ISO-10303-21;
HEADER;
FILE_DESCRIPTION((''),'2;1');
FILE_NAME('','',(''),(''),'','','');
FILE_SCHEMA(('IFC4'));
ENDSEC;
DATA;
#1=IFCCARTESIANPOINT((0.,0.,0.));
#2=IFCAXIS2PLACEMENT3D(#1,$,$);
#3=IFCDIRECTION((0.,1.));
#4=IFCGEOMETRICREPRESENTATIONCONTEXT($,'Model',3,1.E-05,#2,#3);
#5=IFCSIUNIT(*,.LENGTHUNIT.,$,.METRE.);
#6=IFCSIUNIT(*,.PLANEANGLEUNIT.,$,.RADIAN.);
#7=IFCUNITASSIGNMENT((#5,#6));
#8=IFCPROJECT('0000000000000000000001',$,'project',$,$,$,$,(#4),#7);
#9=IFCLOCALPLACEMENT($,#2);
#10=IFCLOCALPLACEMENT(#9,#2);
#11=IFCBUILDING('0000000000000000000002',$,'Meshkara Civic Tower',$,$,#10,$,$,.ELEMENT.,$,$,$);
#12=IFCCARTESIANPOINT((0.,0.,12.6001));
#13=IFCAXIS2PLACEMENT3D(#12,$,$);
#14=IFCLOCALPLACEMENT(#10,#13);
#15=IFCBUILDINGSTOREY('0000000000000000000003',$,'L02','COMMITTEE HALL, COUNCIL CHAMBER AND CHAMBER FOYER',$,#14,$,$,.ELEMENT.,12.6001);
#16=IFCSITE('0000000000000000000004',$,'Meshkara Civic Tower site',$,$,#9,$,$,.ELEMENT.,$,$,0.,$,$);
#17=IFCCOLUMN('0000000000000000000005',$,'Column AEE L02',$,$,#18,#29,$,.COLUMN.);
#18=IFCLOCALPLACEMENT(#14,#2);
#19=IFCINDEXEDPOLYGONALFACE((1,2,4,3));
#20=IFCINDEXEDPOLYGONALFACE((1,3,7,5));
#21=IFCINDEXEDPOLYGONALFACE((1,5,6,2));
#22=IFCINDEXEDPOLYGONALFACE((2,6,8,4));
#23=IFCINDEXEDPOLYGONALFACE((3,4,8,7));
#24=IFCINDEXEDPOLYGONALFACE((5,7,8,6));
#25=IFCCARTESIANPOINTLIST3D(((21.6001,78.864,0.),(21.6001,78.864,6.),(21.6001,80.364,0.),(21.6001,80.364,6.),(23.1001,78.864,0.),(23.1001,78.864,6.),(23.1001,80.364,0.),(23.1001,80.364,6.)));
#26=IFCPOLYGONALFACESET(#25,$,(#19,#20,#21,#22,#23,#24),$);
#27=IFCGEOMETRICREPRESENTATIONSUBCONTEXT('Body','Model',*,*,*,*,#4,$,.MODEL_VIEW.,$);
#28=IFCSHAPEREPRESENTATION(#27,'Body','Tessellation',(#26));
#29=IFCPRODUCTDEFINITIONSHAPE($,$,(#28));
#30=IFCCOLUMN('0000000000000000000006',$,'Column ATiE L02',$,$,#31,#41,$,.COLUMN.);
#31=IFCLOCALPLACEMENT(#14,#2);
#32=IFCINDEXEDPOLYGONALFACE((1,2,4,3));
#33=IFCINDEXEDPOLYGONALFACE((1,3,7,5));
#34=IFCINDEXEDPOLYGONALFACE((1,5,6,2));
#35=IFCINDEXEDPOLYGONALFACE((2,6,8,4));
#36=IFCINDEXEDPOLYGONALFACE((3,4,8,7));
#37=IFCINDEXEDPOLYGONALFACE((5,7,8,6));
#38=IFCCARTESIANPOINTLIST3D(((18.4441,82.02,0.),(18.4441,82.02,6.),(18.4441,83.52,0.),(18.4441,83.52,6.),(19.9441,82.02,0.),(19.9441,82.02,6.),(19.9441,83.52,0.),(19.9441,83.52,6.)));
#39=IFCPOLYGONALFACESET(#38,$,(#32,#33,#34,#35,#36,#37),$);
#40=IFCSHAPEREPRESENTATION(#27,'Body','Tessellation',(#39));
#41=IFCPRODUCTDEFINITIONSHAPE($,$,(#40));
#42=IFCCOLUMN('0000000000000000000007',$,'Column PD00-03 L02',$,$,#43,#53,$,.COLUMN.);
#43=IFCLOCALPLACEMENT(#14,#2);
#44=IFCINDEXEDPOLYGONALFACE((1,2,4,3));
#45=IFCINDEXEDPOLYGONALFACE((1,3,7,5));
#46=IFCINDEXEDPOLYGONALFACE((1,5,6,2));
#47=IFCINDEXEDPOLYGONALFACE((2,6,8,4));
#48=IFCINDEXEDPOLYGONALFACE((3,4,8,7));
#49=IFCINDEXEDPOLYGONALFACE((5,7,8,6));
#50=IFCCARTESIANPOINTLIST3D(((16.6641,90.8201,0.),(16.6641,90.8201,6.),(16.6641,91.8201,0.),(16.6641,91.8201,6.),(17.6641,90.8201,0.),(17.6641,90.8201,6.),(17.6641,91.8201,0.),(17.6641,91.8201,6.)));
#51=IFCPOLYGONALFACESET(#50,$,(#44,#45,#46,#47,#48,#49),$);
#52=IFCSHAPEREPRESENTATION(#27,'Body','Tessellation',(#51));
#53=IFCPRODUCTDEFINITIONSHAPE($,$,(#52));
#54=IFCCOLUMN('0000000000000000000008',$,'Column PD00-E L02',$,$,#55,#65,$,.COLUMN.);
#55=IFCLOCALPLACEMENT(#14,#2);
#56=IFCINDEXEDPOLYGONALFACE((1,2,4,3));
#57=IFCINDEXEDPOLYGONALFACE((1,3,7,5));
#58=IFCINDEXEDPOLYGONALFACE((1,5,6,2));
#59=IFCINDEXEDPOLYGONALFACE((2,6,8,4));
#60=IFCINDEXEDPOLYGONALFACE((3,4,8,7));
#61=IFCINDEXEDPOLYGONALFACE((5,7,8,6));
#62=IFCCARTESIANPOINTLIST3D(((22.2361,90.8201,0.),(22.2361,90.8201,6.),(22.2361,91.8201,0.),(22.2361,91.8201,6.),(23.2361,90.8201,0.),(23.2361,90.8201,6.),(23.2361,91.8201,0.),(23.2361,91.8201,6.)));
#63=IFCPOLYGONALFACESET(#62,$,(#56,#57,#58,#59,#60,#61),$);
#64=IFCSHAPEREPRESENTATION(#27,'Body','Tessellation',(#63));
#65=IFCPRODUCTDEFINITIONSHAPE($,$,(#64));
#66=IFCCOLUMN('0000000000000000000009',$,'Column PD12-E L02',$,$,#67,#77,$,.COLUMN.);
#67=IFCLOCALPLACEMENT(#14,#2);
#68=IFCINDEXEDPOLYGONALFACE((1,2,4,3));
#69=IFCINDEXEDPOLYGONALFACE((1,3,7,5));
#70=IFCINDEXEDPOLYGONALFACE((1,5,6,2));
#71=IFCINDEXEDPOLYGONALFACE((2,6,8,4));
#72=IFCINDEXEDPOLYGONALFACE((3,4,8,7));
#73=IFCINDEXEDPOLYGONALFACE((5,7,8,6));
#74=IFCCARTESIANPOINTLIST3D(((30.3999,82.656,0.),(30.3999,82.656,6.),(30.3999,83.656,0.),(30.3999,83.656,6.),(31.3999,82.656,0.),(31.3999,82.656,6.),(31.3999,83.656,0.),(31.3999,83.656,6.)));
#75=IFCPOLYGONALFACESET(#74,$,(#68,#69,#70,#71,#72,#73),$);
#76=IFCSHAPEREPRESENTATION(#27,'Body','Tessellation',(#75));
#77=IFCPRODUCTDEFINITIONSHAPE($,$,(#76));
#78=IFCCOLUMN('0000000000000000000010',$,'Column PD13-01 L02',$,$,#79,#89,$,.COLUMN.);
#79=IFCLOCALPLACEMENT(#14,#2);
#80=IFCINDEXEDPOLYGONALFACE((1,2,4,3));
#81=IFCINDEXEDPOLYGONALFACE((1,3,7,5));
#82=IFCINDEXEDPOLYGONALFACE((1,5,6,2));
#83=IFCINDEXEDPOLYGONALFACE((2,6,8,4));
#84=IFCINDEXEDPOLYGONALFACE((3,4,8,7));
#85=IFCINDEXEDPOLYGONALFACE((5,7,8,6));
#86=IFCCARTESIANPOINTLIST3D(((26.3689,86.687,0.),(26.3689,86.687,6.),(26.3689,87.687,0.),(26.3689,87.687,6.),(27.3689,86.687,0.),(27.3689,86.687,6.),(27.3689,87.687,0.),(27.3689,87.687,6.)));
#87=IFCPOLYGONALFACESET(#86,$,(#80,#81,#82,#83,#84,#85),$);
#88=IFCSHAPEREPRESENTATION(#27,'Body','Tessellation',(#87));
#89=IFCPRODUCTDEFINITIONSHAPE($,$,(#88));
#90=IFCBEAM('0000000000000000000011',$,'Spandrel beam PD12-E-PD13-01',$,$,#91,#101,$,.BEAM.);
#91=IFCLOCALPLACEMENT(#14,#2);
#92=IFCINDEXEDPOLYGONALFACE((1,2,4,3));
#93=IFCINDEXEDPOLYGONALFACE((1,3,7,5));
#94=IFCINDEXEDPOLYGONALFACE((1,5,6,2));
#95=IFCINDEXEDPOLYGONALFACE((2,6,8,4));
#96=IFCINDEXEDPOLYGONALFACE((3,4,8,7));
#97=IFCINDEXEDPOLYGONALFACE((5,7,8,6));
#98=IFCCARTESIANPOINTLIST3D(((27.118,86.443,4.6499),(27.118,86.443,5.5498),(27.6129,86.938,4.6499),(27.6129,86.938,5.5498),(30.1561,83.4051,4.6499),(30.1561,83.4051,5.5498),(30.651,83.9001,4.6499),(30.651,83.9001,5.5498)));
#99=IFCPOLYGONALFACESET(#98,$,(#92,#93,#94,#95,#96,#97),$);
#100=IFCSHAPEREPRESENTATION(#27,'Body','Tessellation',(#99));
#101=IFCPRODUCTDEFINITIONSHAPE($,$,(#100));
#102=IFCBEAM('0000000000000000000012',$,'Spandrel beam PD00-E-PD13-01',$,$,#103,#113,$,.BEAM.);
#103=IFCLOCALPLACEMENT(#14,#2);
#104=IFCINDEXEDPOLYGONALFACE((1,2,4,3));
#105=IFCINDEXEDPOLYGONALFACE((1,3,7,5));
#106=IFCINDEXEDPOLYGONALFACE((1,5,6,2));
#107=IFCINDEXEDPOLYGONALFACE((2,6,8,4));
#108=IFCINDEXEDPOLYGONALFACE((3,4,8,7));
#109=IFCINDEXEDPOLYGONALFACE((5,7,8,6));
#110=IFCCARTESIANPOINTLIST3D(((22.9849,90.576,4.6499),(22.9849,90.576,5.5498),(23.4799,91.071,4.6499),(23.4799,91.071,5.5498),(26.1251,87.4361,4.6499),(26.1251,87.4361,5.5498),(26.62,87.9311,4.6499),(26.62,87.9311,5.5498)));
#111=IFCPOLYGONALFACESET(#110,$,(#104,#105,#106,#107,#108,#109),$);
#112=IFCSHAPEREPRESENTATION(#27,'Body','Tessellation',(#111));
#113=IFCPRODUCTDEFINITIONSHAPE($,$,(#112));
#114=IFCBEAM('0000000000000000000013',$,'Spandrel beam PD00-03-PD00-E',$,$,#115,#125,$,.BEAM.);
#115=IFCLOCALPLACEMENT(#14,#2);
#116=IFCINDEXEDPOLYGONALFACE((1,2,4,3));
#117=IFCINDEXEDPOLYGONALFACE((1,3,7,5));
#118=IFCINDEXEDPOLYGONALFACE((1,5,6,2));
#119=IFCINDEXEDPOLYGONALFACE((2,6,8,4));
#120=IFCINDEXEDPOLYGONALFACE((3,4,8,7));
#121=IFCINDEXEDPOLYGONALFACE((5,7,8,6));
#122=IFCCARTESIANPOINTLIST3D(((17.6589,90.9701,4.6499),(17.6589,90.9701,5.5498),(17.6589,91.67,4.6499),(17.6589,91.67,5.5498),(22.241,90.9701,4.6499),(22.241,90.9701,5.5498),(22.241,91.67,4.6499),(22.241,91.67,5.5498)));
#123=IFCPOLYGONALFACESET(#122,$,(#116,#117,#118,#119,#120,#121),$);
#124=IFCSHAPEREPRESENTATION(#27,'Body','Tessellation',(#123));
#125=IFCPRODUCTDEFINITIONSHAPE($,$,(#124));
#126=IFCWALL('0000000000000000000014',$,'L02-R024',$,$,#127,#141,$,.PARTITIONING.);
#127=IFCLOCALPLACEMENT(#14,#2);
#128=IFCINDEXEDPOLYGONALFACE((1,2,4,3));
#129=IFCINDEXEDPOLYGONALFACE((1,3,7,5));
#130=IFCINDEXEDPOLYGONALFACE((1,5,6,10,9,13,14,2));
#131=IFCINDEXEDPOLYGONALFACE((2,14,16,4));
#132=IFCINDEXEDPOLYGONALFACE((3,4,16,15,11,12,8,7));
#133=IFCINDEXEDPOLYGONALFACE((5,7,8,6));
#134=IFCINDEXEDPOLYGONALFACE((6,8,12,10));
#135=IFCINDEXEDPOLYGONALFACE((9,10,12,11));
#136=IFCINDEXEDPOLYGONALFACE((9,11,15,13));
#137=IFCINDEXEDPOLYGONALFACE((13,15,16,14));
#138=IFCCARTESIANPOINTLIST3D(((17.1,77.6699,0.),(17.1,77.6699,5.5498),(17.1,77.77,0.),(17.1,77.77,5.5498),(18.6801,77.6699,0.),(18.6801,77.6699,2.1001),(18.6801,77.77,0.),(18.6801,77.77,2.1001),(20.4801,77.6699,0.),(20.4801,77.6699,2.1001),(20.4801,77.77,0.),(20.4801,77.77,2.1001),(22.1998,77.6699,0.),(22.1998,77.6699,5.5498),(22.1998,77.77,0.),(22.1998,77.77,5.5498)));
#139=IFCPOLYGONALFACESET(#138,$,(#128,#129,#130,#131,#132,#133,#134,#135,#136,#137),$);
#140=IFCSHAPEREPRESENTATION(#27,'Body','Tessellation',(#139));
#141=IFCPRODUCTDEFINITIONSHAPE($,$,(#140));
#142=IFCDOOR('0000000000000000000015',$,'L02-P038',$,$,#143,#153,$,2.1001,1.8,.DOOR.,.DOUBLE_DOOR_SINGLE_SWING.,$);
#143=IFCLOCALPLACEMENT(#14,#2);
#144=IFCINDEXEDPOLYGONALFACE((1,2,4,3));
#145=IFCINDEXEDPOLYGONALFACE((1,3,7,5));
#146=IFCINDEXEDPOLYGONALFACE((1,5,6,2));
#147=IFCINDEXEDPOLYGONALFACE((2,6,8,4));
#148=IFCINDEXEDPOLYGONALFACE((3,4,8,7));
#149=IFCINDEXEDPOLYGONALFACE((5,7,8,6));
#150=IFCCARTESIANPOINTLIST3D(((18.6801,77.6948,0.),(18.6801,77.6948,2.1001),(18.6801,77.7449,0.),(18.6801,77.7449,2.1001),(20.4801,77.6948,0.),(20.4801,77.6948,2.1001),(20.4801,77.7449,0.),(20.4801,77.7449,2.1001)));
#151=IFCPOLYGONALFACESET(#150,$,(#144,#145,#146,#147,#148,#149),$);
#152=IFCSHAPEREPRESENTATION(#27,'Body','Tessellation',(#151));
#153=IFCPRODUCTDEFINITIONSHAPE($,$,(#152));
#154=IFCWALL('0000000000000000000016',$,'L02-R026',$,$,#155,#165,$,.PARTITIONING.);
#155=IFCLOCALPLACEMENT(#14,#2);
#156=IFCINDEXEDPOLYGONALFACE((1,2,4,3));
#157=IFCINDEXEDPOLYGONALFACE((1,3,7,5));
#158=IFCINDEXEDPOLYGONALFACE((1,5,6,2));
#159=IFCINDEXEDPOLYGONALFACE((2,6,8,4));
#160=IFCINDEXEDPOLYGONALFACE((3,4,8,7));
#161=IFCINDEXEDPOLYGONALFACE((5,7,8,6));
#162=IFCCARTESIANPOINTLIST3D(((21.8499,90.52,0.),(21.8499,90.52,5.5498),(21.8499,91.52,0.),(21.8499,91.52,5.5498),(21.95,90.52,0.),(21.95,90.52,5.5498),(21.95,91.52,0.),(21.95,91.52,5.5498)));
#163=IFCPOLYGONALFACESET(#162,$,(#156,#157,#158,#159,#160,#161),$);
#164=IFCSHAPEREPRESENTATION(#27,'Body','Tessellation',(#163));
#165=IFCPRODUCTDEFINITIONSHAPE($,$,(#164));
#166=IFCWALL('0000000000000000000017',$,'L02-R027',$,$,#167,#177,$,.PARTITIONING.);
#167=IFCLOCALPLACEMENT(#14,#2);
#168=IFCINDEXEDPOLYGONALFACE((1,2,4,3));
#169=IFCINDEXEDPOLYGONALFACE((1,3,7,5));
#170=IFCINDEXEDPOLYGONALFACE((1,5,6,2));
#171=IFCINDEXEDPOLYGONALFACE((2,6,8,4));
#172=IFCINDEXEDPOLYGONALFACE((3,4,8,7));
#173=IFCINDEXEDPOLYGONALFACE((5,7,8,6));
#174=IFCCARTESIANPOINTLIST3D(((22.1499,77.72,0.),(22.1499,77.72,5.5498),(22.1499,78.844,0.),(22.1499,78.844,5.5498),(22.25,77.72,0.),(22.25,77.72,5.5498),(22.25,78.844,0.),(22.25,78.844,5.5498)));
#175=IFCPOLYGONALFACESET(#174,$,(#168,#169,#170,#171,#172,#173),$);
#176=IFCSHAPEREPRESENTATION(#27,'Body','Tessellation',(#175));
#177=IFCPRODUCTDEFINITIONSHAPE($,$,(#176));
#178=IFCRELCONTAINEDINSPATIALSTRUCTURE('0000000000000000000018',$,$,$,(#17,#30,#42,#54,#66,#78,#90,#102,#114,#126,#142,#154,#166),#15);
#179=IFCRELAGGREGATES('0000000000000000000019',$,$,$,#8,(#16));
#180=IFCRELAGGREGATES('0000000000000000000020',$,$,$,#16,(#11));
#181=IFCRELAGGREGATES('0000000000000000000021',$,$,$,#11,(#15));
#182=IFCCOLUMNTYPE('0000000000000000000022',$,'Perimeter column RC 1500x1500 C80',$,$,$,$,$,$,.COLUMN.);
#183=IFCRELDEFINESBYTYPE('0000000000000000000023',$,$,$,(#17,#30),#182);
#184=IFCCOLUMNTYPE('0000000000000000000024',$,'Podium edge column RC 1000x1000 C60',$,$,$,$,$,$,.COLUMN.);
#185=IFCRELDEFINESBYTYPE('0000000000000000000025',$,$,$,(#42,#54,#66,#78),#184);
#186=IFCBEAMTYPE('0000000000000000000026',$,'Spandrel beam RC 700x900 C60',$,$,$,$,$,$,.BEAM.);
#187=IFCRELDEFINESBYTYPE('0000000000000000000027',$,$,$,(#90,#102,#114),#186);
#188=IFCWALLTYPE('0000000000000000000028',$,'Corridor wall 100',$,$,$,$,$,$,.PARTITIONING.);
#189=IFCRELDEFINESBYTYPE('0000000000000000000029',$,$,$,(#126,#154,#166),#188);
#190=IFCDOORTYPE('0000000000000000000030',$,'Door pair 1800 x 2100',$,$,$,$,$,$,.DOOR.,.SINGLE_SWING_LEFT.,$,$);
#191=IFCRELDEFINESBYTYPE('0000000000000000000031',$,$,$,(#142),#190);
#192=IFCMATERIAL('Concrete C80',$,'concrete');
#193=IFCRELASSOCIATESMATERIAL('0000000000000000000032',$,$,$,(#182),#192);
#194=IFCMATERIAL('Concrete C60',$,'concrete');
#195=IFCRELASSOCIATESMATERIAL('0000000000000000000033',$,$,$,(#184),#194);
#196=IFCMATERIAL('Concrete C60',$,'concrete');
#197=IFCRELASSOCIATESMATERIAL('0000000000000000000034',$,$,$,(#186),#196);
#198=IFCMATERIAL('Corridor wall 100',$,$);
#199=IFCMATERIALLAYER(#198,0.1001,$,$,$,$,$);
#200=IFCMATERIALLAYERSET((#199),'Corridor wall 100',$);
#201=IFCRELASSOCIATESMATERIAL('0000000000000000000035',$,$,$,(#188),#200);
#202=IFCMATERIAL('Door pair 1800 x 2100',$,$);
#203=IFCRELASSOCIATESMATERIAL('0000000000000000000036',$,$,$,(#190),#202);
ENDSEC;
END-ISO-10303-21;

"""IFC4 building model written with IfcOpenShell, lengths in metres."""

from ifc_helpers import new_model, si_unit, direction, frame, frame_2d, origin, origin_2d, place, context, subcontext, project, spatial, rectangle, extrude, material, layer, layer_set, material_profile, profile_set, type_object, element, fill, save


model = new_model("IFC4")

# Units and contexts
model_context = context("Model", 3, precision=1e-05, world=origin(), true_north=direction((0.0, 1.0)))
body_context = subcontext(model_context, "Body", "Model", "MODEL_VIEW")
ifc_project = project(units=[si_unit("LENGTHUNIT", "METRE"), si_unit("PLANEANGLEUNIT", "RADIAN")], contexts=[model_context])

# Site, building, storey
site_placement = place(None, origin())
site = spatial("IfcSite", under=ifc_project, at=site_placement, Name="Meshkara Civic Tower site", CompositionType="ELEMENT", RefElevation=0.0)
building_placement = place(site_placement, origin())
building = spatial("IfcBuilding", under=site, at=building_placement, Name="Meshkara Civic Tower", CompositionType="ELEMENT")
storey_placement = place(building_placement, frame((0.0, 0.0, 12.6001)))
storey = spatial("IfcBuildingStorey", under=building, at=storey_placement, Name="L02", Description="COMMITTEE HALL, COUNCIL CHAMBER AND CHAMBER FOYER", CompositionType="ELEMENT", Elevation=12.6001)

# Columns
ifc_material_1 = material(Name="Concrete C80", Category="concrete")
ifc_material_profile_1 = material_profile(ifc_material_1, rectangle(XDim=1.5, YDim=1.5, at=origin_2d()))
ifc_profile_set_1 = profile_set([ifc_material_profile_1], Name="Concrete C80")
column_type_1 = type_object("IfcColumnType", Name="Perimeter column RC 1500x1500 C80", PredefinedType="COLUMN", material=ifc_profile_set_1)
for number, where, z_axis, x_axis, name in (
    (1, (22.3501, 79.614, 0.0), (0.0, 0.0, 1.0), (1.0, 0.0, 0.0), "Column AEE L02"),
    (2, (19.1941, 82.77, 0.0), (0.0, 0.0, 1.0), (1.0, 0.0, 0.0), "Column ATiE L02"),
):
    element("IfcColumn", number, at=place(storey_placement, frame(where, z_axis=z_axis, x_axis=x_axis)), inside=storey, type_object=column_type_1, Name=name, PredefinedType="COLUMN", context=body_context, shape_type="SweptSolid", body=[
        extrude(rectangle(XDim=1.5, YDim=1.5, at=origin_2d()), origin(), (0.0, 0.0, 1.0), 6.0),
    ])
ifc_material_2 = material(Name="Concrete C60", Category="concrete")
ifc_material_profile_2 = material_profile(ifc_material_2, rectangle(XDim=1.0, YDim=1.0, at=origin_2d()))
ifc_profile_set_2 = profile_set([ifc_material_profile_2], Name="Concrete C60")
column_type_2 = type_object("IfcColumnType", Name="Podium edge column RC 1000x1000 C60", PredefinedType="COLUMN", material=ifc_profile_set_2)
for number, where, z_axis, x_axis, name in (
    (3, (17.1641, 91.3201, 0.0), (0.0, 0.0, 1.0), (1.0, 0.0, 0.0), "Column PD00-03 L02"),
    (4, (22.7361, 91.3201, 0.0), (0.0, 0.0, 1.0), (1.0, 0.0, 0.0), "Column PD00-E L02"),
    (5, (30.8999, 83.156, 0.0), (0.0, 0.0, 1.0), (1.0, 0.0, 0.0), "Column PD12-E L02"),
    (6, (26.8689, 87.187, 0.0), (0.0, 0.0, 1.0), (1.0, 0.0, 0.0), "Column PD13-01 L02"),
):
    element("IfcColumn", number, at=place(storey_placement, frame(where, z_axis=z_axis, x_axis=x_axis)), inside=storey, type_object=column_type_2, Name=name, PredefinedType="COLUMN", context=body_context, shape_type="SweptSolid", body=[
        extrude(rectangle(XDim=1.0, YDim=1.0, at=origin_2d()), origin(), (0.0, 0.0, 1.0), 6.0),
    ])

# Beams
ifc_material_3 = material(Name="Concrete C60", Category="concrete")
ifc_material_profile_3 = material_profile(ifc_material_3, rectangle(XDim=0.7, YDim=0.8999, at=origin_2d()))
ifc_profile_set_3 = profile_set([ifc_material_profile_3], Name="Concrete C60")
beam_type = type_object("IfcBeamType", Name="Spandrel beam RC 700x900 C60", PredefinedType="BEAM", material=ifc_profile_set_3)
beam_1_placement = place(storey_placement, frame((30.4036, 83.6526, 5.0999), z_axis=(-0.707135, 0.707078, 0.0), x_axis=(-0.707078, -0.707135, 0.0)))
element("IfcBeam", 7, at=beam_1_placement, inside=storey, type_object=beam_type, Name="Spandrel beam PD12-E-PD13-01", PredefinedType="BEAM", context=body_context, shape_type="SweptSolid", body=[
    extrude(rectangle(XDim=0.7, YDim=0.8999, at=origin_2d()), origin(), (0.0, 0.0, 1.0), 4.2964),
])
beam_2_placement = place(storey_placement, frame((26.3726, 87.6836, 5.0999), z_axis=(-0.707134, 0.707079, 0.0), x_axis=(-0.707079, -0.707134, 0.0)))
element("IfcBeam", 8, at=beam_2_placement, inside=storey, type_object=beam_type, Name="Spandrel beam PD00-E-PD13-01", PredefinedType="BEAM", context=body_context, shape_type="SweptSolid", body=[
    extrude(rectangle(XDim=0.7, YDim=0.8999, at=origin_2d()), origin(), (0.0, 0.0, 1.0), 4.4407),
])
beam_3_placement = place(storey_placement, frame((22.241, 91.3201, 5.0999), z_axis=(-1.0, 0.0, 0.0), x_axis=(0.0, -1.0, 0.0)))
element("IfcBeam", 9, at=beam_3_placement, inside=storey, type_object=beam_type, Name="Spandrel beam PD00-03-PD00-E", PredefinedType="BEAM", context=body_context, shape_type="SweptSolid", body=[
    extrude(rectangle(XDim=0.7, YDim=0.8999, at=origin_2d()), origin(), (0.0, 0.0, 1.0), 4.582),
])

# Wall, opening, door
ifc_material_4 = material(Name="Corridor wall 100")
ifc_layer_1 = layer(ifc_material_4, 0.1001)
ifc_layer_set_1 = layer_set([ifc_layer_1], Name="Corridor wall 100")
wall_type_1 = type_object("IfcWallType", Name="Corridor wall 100", PredefinedType="PARTITIONING", material=ifc_layer_set_1)
wall_1_placement = place(storey_placement, frame((17.1001, 77.72, 0.0), z_axis=(0.0, 0.0, 1.0), x_axis=(1.0, 0.0, 0.0)))
wall_1 = element("IfcWall", 10, at=wall_1_placement, inside=storey, type_object=wall_type_1, Name="L02-R024", PredefinedType="PARTITIONING", context=body_context, shape_type="SweptSolid", body=[
    extrude(rectangle(XDim=5.0999, YDim=0.1001, at=frame_2d((2.5498, 0.0))), origin(), (0.0, 0.0, 1.0), 5.5498),
])
opening_1_placement = place(wall_1_placement, frame((1.5801, 0.0, 0.0)))
opening_1 = element("IfcOpeningElement", 11, at=opening_1_placement, cuts=wall_1, PredefinedType="OPENING", context=body_context, shape_type="SweptSolid", body=[
    extrude(rectangle(XDim=1.8, YDim=2.1001, at=frame_2d((0.8999, 1.05))), frame((0.0, 0.0601, 0.0), z_axis=(0.0, -1.0, 0.0), x_axis=(1.0, 0.0, 0.0)), (0.0, 0.0, 1.0), 0.1201),
])
ifc_material_5 = material(Name="Door pair 1800 x 2100")
door_type_1 = type_object("IfcDoorType", Name="Door pair 1800 x 2100", OperationType="SINGLE_SWING_LEFT", PredefinedType="DOOR", material=ifc_material_5)
door_1_placement = place(opening_1_placement, origin())
door_1 = element("IfcDoor", 12, at=door_1_placement, inside=storey, type_object=door_type_1, Name="L02-P038", OperationType="DOUBLE_DOOR_SINGLE_SWING", OverallHeight=2.1001, OverallWidth=1.8, PredefinedType="DOOR", context=body_context, shape_type="SweptSolid", body=[
    extrude(rectangle(XDim=1.8, YDim=2.1001, at=frame_2d((0.8999, 1.05))), frame((0.0, 0.0249, 0.0), z_axis=(0.0, -1.0, 0.0), x_axis=(1.0, 0.0, 0.0)), (0.0, 0.0, 1.0), 0.05),
])
fill(opening_1, door_1)

# Walls
wall_2_placement = place(storey_placement, frame((21.8999, 90.52, 0.0), z_axis=(0.0, 0.0, 1.0), x_axis=(0.0, 1.0, 0.0)))
element("IfcWall", 13, at=wall_2_placement, inside=storey, type_object=wall_type_1, Name="L02-R026", PredefinedType="PARTITIONING", context=body_context, shape_type="SweptSolid", body=[
    extrude(rectangle(XDim=1.0, YDim=0.1001, at=frame_2d((0.5, 0.0))), origin(), (0.0, 0.0, 1.0), 5.5498),
])
wall_3_placement = place(storey_placement, frame((22.2, 77.72, 0.0), z_axis=(0.0, 0.0, 1.0), x_axis=(0.0, 1.0, 0.0)))
element("IfcWall", 14, at=wall_3_placement, inside=storey, type_object=wall_type_1, Name="L02-R027", PredefinedType="PARTITIONING", context=body_context, shape_type="SweptSolid", body=[
    extrude(rectangle(XDim=1.124, YDim=0.1001, at=frame_2d((0.562, 0.0))), origin(), (0.0, 0.0, 1.0), 5.5498),
])

save(model, "model.ifc")
